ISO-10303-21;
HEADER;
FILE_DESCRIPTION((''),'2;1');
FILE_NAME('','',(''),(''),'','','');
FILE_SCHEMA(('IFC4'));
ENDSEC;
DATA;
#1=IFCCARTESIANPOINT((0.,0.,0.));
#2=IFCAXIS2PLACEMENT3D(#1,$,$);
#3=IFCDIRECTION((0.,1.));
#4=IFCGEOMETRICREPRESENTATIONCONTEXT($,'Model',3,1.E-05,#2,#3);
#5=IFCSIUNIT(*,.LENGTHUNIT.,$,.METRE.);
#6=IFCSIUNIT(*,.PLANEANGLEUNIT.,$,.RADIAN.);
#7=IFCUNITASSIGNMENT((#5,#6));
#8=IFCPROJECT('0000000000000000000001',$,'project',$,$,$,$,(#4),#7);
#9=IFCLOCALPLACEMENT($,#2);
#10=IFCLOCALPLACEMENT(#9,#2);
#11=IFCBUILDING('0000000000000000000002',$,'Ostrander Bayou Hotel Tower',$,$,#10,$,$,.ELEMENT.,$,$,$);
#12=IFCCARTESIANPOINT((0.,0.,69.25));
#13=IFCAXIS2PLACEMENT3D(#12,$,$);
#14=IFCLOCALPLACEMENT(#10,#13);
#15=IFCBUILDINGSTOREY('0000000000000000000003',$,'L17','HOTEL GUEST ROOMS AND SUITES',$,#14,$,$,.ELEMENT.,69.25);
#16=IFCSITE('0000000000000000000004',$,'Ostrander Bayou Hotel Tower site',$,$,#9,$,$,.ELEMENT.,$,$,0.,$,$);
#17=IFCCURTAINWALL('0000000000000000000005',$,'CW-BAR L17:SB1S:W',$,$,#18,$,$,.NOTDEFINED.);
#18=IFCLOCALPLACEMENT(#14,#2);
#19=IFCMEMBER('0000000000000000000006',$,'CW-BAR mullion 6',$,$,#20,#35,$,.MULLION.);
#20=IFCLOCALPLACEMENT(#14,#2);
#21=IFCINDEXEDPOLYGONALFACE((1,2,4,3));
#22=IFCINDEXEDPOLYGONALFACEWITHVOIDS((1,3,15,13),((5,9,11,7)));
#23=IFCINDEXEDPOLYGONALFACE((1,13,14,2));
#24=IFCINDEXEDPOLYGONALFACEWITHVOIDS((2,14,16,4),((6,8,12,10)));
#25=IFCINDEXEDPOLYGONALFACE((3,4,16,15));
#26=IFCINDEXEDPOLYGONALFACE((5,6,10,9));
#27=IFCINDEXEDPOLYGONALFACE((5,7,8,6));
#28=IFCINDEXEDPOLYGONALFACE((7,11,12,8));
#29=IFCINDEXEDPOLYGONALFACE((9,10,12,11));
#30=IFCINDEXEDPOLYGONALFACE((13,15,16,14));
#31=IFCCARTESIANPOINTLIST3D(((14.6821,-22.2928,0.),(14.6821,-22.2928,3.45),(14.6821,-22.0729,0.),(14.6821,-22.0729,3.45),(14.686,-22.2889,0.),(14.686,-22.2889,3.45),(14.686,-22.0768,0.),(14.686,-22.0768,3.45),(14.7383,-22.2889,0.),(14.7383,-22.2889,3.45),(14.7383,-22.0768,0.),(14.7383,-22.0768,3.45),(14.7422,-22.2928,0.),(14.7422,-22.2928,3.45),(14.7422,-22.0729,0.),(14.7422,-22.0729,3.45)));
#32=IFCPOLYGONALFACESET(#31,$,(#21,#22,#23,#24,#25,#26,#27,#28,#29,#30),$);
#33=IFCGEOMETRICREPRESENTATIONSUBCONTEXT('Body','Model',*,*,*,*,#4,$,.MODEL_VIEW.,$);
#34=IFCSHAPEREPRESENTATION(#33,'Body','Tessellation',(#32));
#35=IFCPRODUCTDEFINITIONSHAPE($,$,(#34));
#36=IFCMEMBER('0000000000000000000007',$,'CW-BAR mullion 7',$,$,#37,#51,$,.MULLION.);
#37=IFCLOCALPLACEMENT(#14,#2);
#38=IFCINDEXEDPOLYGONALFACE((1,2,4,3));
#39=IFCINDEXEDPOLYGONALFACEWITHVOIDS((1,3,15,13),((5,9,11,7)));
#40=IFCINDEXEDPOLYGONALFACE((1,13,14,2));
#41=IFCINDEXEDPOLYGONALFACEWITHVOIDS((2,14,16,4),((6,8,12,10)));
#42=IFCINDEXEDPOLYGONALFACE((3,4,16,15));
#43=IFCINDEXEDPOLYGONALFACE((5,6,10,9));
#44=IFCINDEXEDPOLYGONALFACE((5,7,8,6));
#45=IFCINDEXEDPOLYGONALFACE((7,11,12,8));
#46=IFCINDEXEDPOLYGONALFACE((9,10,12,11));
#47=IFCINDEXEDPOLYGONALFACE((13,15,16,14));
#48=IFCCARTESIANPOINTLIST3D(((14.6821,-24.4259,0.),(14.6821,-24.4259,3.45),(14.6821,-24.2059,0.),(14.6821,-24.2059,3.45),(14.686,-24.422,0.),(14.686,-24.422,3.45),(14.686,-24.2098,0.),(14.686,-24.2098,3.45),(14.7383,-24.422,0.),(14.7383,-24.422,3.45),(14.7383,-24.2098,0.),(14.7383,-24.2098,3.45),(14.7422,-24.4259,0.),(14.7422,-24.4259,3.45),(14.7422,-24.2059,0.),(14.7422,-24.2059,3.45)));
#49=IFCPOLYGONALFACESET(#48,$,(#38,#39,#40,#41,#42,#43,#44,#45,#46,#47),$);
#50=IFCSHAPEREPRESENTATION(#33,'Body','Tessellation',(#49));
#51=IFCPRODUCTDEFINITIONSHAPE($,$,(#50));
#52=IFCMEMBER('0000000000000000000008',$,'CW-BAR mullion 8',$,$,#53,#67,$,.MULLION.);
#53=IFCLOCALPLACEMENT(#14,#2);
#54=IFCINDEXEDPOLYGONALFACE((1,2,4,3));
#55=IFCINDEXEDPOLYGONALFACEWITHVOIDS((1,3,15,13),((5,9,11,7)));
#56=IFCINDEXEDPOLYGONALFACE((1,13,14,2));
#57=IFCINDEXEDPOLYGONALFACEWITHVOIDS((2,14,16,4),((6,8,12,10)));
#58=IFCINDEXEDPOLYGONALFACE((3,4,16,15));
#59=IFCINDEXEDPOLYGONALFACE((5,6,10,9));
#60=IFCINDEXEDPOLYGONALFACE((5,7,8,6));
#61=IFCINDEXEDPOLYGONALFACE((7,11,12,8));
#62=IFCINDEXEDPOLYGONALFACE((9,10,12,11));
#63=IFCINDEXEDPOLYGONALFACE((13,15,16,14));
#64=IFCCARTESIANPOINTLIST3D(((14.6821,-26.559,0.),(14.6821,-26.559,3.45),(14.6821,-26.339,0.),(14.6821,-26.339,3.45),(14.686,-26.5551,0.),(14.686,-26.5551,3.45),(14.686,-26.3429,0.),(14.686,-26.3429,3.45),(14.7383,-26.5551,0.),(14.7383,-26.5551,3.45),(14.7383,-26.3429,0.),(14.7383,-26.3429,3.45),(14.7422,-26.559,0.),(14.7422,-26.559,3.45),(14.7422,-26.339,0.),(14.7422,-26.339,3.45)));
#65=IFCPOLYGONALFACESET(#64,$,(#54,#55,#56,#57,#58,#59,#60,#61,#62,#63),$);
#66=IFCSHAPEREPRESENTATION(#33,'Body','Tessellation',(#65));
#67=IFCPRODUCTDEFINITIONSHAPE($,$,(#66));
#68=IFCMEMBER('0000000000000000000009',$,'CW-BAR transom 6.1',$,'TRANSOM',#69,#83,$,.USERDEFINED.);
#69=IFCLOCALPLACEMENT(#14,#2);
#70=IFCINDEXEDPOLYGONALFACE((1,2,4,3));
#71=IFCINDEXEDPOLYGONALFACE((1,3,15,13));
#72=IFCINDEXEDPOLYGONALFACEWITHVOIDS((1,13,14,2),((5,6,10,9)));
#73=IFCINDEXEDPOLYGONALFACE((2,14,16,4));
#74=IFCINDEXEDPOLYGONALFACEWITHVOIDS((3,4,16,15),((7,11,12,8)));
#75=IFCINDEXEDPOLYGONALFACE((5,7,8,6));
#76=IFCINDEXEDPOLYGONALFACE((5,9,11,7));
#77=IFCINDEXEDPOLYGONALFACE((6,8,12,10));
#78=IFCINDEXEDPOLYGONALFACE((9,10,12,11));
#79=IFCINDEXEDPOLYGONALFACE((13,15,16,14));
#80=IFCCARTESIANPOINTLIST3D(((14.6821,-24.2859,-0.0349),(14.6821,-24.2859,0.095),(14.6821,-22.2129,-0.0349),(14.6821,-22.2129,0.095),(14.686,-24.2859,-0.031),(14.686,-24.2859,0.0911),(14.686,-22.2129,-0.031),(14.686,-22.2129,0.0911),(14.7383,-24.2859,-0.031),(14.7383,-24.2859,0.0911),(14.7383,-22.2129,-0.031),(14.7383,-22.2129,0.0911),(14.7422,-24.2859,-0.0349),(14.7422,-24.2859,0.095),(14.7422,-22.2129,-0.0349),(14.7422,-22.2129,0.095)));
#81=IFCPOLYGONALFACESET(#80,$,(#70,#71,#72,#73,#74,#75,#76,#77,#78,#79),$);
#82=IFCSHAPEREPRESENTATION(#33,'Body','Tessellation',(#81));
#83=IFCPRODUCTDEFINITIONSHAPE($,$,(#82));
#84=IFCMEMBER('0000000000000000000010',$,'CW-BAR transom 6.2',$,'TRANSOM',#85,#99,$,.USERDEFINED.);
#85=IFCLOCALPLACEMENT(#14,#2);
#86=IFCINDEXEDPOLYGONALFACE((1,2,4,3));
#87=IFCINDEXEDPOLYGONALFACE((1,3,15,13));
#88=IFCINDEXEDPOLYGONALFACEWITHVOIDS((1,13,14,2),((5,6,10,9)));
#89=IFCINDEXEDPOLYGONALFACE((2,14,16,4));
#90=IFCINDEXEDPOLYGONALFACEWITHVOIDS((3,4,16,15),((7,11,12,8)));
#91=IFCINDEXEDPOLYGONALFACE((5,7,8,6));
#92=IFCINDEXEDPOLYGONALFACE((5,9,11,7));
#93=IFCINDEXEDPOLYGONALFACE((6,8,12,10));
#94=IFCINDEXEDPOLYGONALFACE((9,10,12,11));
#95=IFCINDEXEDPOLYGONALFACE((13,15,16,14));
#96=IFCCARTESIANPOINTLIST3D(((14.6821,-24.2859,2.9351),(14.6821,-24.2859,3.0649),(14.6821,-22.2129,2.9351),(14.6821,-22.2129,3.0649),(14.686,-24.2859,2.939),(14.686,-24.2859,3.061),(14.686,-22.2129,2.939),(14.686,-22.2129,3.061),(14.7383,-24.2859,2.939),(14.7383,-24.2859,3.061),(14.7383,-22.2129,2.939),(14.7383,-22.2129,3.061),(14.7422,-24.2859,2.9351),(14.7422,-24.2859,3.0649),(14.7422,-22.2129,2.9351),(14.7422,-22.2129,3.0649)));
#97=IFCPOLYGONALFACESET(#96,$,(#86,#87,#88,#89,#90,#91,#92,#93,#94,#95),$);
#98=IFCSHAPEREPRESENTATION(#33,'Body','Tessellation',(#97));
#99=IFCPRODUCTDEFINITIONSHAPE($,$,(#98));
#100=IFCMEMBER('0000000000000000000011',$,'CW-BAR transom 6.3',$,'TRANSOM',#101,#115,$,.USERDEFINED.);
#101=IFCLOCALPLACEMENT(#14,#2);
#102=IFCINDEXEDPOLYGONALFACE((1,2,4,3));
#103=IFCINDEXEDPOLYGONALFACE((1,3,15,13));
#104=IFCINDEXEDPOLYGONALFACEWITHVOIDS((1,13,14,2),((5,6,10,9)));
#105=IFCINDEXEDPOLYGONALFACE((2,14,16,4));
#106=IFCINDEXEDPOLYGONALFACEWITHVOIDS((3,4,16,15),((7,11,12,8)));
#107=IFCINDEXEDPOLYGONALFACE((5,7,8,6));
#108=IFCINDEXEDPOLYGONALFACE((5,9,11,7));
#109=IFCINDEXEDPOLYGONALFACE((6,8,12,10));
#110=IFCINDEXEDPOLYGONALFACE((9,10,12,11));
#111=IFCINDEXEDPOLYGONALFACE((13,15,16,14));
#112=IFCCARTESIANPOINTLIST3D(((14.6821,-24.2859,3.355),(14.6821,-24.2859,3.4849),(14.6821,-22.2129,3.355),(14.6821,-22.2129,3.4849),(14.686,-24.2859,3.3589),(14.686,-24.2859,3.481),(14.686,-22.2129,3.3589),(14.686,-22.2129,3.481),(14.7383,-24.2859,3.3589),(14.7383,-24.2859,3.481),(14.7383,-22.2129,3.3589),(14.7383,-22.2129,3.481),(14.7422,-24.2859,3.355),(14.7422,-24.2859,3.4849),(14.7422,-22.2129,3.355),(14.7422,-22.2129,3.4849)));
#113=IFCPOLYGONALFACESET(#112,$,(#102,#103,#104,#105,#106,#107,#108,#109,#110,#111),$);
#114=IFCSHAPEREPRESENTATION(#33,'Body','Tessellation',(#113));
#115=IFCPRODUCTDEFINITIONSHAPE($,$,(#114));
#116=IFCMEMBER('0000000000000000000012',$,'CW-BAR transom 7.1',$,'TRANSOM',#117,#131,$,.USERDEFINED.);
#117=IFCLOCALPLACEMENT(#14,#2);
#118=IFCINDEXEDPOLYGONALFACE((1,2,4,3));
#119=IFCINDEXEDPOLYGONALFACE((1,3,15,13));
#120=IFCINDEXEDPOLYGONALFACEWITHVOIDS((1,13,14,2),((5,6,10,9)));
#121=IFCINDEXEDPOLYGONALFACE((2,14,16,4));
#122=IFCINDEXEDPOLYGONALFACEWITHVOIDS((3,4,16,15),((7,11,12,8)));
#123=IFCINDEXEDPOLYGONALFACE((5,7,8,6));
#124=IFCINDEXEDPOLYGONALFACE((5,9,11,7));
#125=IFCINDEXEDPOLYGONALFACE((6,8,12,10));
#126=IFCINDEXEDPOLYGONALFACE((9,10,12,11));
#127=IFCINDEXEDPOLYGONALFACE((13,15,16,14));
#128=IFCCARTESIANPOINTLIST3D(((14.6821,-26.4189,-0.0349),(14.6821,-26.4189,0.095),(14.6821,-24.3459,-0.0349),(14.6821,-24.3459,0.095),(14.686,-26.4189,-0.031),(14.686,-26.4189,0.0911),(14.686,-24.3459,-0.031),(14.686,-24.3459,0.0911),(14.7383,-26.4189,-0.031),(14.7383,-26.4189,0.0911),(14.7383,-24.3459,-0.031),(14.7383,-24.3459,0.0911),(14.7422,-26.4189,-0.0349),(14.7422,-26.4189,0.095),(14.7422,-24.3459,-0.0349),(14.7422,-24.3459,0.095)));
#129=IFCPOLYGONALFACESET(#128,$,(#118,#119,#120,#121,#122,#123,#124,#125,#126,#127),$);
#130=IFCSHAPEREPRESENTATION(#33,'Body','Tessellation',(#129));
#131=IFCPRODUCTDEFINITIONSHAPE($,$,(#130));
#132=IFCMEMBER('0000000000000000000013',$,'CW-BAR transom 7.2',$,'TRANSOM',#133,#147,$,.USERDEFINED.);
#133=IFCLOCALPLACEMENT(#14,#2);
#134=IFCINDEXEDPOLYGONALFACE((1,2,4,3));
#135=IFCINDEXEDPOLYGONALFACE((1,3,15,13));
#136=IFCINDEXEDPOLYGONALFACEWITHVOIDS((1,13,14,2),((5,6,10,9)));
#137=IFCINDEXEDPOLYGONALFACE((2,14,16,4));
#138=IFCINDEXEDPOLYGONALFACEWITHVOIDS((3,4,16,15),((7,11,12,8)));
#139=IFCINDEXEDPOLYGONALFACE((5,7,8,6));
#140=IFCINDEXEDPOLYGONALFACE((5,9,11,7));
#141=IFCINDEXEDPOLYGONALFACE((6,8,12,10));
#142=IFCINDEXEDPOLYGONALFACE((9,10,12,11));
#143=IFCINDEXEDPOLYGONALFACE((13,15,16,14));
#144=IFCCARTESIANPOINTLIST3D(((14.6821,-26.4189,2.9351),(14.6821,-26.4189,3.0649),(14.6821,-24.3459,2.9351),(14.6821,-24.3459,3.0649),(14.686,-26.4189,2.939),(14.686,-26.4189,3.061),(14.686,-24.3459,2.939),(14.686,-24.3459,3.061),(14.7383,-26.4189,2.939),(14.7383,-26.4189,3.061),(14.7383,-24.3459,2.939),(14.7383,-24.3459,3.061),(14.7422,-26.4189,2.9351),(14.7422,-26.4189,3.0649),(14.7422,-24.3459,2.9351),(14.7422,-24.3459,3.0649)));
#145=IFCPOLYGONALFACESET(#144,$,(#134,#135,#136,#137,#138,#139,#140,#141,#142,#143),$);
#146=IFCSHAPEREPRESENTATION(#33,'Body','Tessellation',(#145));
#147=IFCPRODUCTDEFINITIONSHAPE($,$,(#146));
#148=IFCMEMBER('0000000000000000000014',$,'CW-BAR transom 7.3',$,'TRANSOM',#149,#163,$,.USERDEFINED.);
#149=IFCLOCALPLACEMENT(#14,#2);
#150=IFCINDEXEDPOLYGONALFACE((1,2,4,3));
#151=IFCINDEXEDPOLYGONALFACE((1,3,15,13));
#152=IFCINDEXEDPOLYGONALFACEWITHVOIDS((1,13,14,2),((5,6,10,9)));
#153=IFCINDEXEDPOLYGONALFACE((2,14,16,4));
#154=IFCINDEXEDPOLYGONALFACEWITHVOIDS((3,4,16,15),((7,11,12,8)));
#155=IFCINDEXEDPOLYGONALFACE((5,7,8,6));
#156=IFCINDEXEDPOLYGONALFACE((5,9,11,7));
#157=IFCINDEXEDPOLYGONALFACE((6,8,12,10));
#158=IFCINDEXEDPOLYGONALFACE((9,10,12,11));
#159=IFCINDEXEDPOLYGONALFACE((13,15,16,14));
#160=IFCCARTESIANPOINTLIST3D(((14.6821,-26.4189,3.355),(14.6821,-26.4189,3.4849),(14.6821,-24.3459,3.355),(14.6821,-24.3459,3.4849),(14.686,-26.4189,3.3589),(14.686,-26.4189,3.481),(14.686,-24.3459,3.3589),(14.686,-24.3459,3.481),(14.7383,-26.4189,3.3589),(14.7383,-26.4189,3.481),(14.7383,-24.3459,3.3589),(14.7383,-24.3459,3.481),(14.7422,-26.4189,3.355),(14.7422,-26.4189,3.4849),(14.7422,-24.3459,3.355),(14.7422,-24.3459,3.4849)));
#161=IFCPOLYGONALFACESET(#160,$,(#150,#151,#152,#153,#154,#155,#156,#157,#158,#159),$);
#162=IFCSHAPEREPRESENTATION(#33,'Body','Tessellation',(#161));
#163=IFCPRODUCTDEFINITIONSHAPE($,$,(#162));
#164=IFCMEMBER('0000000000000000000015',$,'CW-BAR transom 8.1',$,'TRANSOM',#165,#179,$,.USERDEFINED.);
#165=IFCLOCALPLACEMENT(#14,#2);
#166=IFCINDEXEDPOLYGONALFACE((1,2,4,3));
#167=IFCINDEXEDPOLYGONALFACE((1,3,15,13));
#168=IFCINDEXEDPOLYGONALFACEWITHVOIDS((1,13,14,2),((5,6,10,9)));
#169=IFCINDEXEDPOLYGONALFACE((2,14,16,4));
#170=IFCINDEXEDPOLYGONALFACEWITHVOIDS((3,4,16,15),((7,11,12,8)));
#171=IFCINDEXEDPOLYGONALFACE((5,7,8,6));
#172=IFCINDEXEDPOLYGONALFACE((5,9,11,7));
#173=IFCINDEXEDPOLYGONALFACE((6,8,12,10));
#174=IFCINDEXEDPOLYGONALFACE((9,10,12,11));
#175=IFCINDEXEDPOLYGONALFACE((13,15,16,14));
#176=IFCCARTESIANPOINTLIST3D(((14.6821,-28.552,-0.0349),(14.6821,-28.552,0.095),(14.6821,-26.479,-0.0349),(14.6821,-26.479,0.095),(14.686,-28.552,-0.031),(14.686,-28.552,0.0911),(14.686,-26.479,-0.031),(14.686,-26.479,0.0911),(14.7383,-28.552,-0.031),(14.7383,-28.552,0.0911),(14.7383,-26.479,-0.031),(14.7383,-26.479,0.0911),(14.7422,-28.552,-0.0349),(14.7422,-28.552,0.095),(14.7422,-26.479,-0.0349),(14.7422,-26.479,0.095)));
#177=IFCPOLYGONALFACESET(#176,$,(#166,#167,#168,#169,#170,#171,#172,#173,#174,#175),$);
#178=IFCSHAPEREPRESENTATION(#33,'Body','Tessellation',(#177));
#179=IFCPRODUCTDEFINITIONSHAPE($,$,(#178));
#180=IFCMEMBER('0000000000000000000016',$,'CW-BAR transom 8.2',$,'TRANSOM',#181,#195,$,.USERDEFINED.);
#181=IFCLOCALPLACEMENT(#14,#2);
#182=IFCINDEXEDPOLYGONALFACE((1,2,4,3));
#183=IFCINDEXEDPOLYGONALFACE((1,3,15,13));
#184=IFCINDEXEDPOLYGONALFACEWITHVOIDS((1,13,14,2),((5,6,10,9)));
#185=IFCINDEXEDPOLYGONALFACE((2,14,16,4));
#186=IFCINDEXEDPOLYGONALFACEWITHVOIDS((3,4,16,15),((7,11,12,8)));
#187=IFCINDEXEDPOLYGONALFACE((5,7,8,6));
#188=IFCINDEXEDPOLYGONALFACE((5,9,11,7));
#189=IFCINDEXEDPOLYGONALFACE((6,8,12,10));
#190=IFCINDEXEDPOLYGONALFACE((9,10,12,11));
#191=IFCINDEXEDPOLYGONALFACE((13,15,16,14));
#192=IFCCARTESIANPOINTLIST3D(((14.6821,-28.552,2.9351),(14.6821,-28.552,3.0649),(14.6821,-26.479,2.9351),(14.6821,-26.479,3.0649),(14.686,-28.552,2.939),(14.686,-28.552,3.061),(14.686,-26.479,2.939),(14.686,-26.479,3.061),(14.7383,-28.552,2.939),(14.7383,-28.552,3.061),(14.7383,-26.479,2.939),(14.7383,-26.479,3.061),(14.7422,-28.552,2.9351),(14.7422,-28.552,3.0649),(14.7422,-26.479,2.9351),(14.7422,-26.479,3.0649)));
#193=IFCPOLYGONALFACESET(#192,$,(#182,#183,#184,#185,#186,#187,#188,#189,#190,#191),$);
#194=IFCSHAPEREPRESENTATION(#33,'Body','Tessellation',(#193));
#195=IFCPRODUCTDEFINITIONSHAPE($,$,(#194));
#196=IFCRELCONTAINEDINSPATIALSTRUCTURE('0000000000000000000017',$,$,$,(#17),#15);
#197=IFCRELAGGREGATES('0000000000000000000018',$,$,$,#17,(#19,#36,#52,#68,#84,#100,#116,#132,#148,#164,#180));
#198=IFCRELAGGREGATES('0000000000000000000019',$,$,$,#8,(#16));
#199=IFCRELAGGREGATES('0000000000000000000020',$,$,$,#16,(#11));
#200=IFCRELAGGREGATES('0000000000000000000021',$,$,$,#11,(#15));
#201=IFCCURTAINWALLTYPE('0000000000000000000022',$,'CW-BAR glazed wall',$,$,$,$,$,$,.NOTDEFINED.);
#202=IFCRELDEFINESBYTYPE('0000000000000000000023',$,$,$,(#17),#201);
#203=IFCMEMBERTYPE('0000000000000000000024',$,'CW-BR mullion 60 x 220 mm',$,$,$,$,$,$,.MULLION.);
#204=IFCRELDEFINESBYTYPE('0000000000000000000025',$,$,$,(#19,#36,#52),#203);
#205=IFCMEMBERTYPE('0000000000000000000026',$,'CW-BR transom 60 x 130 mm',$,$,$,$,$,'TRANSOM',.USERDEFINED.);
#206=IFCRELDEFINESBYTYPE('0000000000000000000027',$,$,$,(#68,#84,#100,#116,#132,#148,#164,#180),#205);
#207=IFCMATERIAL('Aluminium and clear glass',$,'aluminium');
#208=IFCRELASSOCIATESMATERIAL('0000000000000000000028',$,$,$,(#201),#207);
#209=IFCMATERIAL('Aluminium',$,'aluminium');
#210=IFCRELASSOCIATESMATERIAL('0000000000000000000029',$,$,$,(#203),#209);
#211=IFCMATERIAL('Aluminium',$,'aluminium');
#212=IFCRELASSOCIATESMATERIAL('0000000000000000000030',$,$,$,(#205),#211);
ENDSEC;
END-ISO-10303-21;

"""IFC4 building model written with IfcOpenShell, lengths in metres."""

from ifc_helpers import new_model, si_unit, direction, frame, origin, origin_2d, place, context, subcontext, project, spatial, hollow_rectangle, extrude, material, material_profile, profile_set, type_object, element, aggregate, save


model = new_model("IFC4")

# Units and contexts
model_context = context("Model", 3, precision=1e-05, world=origin(), true_north=direction((0.0, 1.0)))
body_context = subcontext(model_context, "Body", "Model", "MODEL_VIEW")
ifc_project = project(units=[si_unit("LENGTHUNIT", "METRE"), si_unit("PLANEANGLEUNIT", "RADIAN")], contexts=[model_context])

# Site, building, storey
site_placement = place(None, origin())
site = spatial("IfcSite", under=ifc_project, at=site_placement, Name="Ostrander Bayou Hotel Tower site", CompositionType="ELEMENT", RefElevation=0.0)
building_placement = place(site_placement, origin())
building = spatial("IfcBuilding", under=site, at=building_placement, Name="Ostrander Bayou Hotel Tower", CompositionType="ELEMENT")
storey_placement = place(building_placement, frame((0.0, 0.0, 69.25)))
storey = spatial("IfcBuildingStorey", under=building, at=storey_placement, Name="L17", Description="HOTEL GUEST ROOMS AND SUITES", CompositionType="ELEMENT", Elevation=69.25)

# Curtain wall, members
ifc_material_1 = material(Name="Aluminium and clear glass", Category="aluminium")
curtain_wall_type = type_object("IfcCurtainWallType", Name="CW-BAR glazed wall", PredefinedType="NOTDEFINED", material=ifc_material_1)
curtain_wall_placement = place(storey_placement, origin())
curtain_wall = element("IfcCurtainWall", 1, at=curtain_wall_placement, inside=storey, type_object=curtain_wall_type, Name="CW-BAR L17:SB1S:W", PredefinedType="NOTDEFINED")
ifc_material_2 = material(Name="Aluminium", Category="aluminium")
ifc_material_profile_1 = material_profile(ifc_material_2, hollow_rectangle(XDim=0.0601, YDim=0.22, WallThickness=0.0039, at=origin_2d()))
ifc_profile_set_1 = profile_set([ifc_material_profile_1], Name="Aluminium")
member_type_1 = type_object("IfcMemberType", Name="CW-BR mullion 60 x 220 mm", PredefinedType="MULLION", material=ifc_profile_set_1)
member_1_placement = place(storey_placement, frame((14.7122, -22.1829, 0.0), z_axis=(0.0, 0.0, 1.0), x_axis=(1.0, 0.0, 0.0)))
member_1 = element("IfcMember", 2, at=member_1_placement, type_object=member_type_1, Name="CW-BAR mullion 6", PredefinedType="MULLION", context=body_context, shape_type="SweptSolid", body=[
    extrude(hollow_rectangle(XDim=0.0601, YDim=0.22, WallThickness=0.0039, at=origin_2d()), origin(), (0.0, 0.0, 1.0), 3.45),
])
member_2_placement = place(storey_placement, frame((14.7122, -24.3159, 0.0), z_axis=(0.0, 0.0, 1.0), x_axis=(1.0, 0.0, 0.0)))
member_2 = element("IfcMember", 3, at=member_2_placement, type_object=member_type_1, Name="CW-BAR mullion 7", PredefinedType="MULLION", context=body_context, shape_type="SweptSolid", body=[
    extrude(hollow_rectangle(XDim=0.0601, YDim=0.22, WallThickness=0.0039, at=origin_2d()), origin(), (0.0, 0.0, 1.0), 3.45),
])
member_3_placement = place(storey_placement, frame((14.7122, -26.449, 0.0), z_axis=(0.0, 0.0, 1.0), x_axis=(1.0, 0.0, 0.0)))
member_3 = element("IfcMember", 4, at=member_3_placement, type_object=member_type_1, Name="CW-BAR mullion 8", PredefinedType="MULLION", context=body_context, shape_type="SweptSolid", body=[
    extrude(hollow_rectangle(XDim=0.0601, YDim=0.22, WallThickness=0.0039, at=origin_2d()), origin(), (0.0, 0.0, 1.0), 3.45),
])
ifc_material_3 = material(Name="Aluminium", Category="aluminium")
ifc_material_profile_2 = material_profile(ifc_material_3, hollow_rectangle(XDim=0.0601, YDim=0.1299, WallThickness=0.0039, at=origin_2d()))
ifc_profile_set_2 = profile_set([ifc_material_profile_2], Name="Aluminium")
member_type_2 = type_object("IfcMemberType", Name="CW-BR transom 60 x 130 mm", ElementType="TRANSOM", PredefinedType="USERDEFINED", material=ifc_profile_set_2)
member_4_placement = place(storey_placement, frame((14.7122, -22.2129, 0.03), z_axis=(0.0, -1.0, 0.0), x_axis=(1.0, 0.0, 0.0)))
member_4 = element("IfcMember", 5, at=member_4_placement, type_object=member_type_2, Name="CW-BAR transom 6.1", ObjectType="TRANSOM", PredefinedType="USERDEFINED", context=body_context, shape_type="SweptSolid", body=[
    extrude(hollow_rectangle(XDim=0.0601, YDim=0.1299, WallThickness=0.0039, at=origin_2d()), origin(), (0.0, 0.0, 1.0), 2.073),
])
member_5_placement = place(storey_placement, frame((14.7122, -22.2129, 3.0), z_axis=(0.0, -1.0, 0.0), x_axis=(1.0, 0.0, 0.0)))
member_5 = element("IfcMember", 6, at=member_5_placement, type_object=member_type_2, Name="CW-BAR transom 6.2", ObjectType="TRANSOM", PredefinedType="USERDEFINED", context=body_context, shape_type="SweptSolid", body=[
    extrude(hollow_rectangle(XDim=0.0601, YDim=0.1299, WallThickness=0.0039, at=origin_2d()), origin(), (0.0, 0.0, 1.0), 2.073),
])
member_6_placement = place(storey_placement, frame((14.7122, -22.2129, 3.4199), z_axis=(0.0, -1.0, 0.0), x_axis=(1.0, 0.0, 0.0)))
member_6 = element("IfcMember", 7, at=member_6_placement, type_object=member_type_2, Name="CW-BAR transom 6.3", ObjectType="TRANSOM", PredefinedType="USERDEFINED", context=body_context, shape_type="SweptSolid", body=[
    extrude(hollow_rectangle(XDim=0.0601, YDim=0.1299, WallThickness=0.0039, at=origin_2d()), origin(), (0.0, 0.0, 1.0), 2.073),
])
member_7_placement = place(storey_placement, frame((14.7122, -24.3459, 0.03), z_axis=(0.0, -1.0, 0.0), x_axis=(1.0, 0.0, 0.0)))
member_7 = element("IfcMember", 8, at=member_7_placement, type_object=member_type_2, Name="CW-BAR transom 7.1", ObjectType="TRANSOM", PredefinedType="USERDEFINED", context=body_context, shape_type="SweptSolid", body=[
    extrude(hollow_rectangle(XDim=0.0601, YDim=0.1299, WallThickness=0.0039, at=origin_2d()), origin(), (0.0, 0.0, 1.0), 2.073),
])
member_8_placement = place(storey_placement, frame((14.7122, -24.3459, 3.0), z_axis=(0.0, -1.0, 0.0), x_axis=(1.0, 0.0, 0.0)))
member_8 = element("IfcMember", 9, at=member_8_placement, type_object=member_type_2, Name="CW-BAR transom 7.2", ObjectType="TRANSOM", PredefinedType="USERDEFINED", context=body_context, shape_type="SweptSolid", body=[
    extrude(hollow_rectangle(XDim=0.0601, YDim=0.1299, WallThickness=0.0039, at=origin_2d()), origin(), (0.0, 0.0, 1.0), 2.073),
])
member_9_placement = place(storey_placement, frame((14.7122, -24.3459, 3.4199), z_axis=(0.0, -1.0, 0.0), x_axis=(1.0, 0.0, 0.0)))
member_9 = element("IfcMember", 10, at=member_9_placement, type_object=member_type_2, Name="CW-BAR transom 7.3", ObjectType="TRANSOM", PredefinedType="USERDEFINED", context=body_context, shape_type="SweptSolid", body=[
    extrude(hollow_rectangle(XDim=0.0601, YDim=0.1299, WallThickness=0.0039, at=origin_2d()), origin(), (0.0, 0.0, 1.0), 2.073),
])
member_10_placement = place(storey_placement, frame((14.7122, -26.479, 0.03), z_axis=(0.0, -1.0, 0.0), x_axis=(1.0, 0.0, 0.0)))
member_10 = element("IfcMember", 11, at=member_10_placement, type_object=member_type_2, Name="CW-BAR transom 8.1", ObjectType="TRANSOM", PredefinedType="USERDEFINED", context=body_context, shape_type="SweptSolid", body=[
    extrude(hollow_rectangle(XDim=0.0601, YDim=0.1299, WallThickness=0.0039, at=origin_2d()), origin(), (0.0, 0.0, 1.0), 2.073),
])
member_11_placement = place(storey_placement, frame((14.7122, -26.479, 3.0), z_axis=(0.0, -1.0, 0.0), x_axis=(1.0, 0.0, 0.0)))
member_11 = element("IfcMember", 12, at=member_11_placement, type_object=member_type_2, Name="CW-BAR transom 8.2", ObjectType="TRANSOM", PredefinedType="USERDEFINED", context=body_context, shape_type="SweptSolid", body=[
    extrude(hollow_rectangle(XDim=0.0601, YDim=0.1299, WallThickness=0.0039, at=origin_2d()), origin(), (0.0, 0.0, 1.0), 2.073),
])

aggregate(curtain_wall, [member_1, member_2, member_3, member_4, member_5, member_6, member_7, member_8, member_9, member_10, member_11])

save(model, "model.ifc")
